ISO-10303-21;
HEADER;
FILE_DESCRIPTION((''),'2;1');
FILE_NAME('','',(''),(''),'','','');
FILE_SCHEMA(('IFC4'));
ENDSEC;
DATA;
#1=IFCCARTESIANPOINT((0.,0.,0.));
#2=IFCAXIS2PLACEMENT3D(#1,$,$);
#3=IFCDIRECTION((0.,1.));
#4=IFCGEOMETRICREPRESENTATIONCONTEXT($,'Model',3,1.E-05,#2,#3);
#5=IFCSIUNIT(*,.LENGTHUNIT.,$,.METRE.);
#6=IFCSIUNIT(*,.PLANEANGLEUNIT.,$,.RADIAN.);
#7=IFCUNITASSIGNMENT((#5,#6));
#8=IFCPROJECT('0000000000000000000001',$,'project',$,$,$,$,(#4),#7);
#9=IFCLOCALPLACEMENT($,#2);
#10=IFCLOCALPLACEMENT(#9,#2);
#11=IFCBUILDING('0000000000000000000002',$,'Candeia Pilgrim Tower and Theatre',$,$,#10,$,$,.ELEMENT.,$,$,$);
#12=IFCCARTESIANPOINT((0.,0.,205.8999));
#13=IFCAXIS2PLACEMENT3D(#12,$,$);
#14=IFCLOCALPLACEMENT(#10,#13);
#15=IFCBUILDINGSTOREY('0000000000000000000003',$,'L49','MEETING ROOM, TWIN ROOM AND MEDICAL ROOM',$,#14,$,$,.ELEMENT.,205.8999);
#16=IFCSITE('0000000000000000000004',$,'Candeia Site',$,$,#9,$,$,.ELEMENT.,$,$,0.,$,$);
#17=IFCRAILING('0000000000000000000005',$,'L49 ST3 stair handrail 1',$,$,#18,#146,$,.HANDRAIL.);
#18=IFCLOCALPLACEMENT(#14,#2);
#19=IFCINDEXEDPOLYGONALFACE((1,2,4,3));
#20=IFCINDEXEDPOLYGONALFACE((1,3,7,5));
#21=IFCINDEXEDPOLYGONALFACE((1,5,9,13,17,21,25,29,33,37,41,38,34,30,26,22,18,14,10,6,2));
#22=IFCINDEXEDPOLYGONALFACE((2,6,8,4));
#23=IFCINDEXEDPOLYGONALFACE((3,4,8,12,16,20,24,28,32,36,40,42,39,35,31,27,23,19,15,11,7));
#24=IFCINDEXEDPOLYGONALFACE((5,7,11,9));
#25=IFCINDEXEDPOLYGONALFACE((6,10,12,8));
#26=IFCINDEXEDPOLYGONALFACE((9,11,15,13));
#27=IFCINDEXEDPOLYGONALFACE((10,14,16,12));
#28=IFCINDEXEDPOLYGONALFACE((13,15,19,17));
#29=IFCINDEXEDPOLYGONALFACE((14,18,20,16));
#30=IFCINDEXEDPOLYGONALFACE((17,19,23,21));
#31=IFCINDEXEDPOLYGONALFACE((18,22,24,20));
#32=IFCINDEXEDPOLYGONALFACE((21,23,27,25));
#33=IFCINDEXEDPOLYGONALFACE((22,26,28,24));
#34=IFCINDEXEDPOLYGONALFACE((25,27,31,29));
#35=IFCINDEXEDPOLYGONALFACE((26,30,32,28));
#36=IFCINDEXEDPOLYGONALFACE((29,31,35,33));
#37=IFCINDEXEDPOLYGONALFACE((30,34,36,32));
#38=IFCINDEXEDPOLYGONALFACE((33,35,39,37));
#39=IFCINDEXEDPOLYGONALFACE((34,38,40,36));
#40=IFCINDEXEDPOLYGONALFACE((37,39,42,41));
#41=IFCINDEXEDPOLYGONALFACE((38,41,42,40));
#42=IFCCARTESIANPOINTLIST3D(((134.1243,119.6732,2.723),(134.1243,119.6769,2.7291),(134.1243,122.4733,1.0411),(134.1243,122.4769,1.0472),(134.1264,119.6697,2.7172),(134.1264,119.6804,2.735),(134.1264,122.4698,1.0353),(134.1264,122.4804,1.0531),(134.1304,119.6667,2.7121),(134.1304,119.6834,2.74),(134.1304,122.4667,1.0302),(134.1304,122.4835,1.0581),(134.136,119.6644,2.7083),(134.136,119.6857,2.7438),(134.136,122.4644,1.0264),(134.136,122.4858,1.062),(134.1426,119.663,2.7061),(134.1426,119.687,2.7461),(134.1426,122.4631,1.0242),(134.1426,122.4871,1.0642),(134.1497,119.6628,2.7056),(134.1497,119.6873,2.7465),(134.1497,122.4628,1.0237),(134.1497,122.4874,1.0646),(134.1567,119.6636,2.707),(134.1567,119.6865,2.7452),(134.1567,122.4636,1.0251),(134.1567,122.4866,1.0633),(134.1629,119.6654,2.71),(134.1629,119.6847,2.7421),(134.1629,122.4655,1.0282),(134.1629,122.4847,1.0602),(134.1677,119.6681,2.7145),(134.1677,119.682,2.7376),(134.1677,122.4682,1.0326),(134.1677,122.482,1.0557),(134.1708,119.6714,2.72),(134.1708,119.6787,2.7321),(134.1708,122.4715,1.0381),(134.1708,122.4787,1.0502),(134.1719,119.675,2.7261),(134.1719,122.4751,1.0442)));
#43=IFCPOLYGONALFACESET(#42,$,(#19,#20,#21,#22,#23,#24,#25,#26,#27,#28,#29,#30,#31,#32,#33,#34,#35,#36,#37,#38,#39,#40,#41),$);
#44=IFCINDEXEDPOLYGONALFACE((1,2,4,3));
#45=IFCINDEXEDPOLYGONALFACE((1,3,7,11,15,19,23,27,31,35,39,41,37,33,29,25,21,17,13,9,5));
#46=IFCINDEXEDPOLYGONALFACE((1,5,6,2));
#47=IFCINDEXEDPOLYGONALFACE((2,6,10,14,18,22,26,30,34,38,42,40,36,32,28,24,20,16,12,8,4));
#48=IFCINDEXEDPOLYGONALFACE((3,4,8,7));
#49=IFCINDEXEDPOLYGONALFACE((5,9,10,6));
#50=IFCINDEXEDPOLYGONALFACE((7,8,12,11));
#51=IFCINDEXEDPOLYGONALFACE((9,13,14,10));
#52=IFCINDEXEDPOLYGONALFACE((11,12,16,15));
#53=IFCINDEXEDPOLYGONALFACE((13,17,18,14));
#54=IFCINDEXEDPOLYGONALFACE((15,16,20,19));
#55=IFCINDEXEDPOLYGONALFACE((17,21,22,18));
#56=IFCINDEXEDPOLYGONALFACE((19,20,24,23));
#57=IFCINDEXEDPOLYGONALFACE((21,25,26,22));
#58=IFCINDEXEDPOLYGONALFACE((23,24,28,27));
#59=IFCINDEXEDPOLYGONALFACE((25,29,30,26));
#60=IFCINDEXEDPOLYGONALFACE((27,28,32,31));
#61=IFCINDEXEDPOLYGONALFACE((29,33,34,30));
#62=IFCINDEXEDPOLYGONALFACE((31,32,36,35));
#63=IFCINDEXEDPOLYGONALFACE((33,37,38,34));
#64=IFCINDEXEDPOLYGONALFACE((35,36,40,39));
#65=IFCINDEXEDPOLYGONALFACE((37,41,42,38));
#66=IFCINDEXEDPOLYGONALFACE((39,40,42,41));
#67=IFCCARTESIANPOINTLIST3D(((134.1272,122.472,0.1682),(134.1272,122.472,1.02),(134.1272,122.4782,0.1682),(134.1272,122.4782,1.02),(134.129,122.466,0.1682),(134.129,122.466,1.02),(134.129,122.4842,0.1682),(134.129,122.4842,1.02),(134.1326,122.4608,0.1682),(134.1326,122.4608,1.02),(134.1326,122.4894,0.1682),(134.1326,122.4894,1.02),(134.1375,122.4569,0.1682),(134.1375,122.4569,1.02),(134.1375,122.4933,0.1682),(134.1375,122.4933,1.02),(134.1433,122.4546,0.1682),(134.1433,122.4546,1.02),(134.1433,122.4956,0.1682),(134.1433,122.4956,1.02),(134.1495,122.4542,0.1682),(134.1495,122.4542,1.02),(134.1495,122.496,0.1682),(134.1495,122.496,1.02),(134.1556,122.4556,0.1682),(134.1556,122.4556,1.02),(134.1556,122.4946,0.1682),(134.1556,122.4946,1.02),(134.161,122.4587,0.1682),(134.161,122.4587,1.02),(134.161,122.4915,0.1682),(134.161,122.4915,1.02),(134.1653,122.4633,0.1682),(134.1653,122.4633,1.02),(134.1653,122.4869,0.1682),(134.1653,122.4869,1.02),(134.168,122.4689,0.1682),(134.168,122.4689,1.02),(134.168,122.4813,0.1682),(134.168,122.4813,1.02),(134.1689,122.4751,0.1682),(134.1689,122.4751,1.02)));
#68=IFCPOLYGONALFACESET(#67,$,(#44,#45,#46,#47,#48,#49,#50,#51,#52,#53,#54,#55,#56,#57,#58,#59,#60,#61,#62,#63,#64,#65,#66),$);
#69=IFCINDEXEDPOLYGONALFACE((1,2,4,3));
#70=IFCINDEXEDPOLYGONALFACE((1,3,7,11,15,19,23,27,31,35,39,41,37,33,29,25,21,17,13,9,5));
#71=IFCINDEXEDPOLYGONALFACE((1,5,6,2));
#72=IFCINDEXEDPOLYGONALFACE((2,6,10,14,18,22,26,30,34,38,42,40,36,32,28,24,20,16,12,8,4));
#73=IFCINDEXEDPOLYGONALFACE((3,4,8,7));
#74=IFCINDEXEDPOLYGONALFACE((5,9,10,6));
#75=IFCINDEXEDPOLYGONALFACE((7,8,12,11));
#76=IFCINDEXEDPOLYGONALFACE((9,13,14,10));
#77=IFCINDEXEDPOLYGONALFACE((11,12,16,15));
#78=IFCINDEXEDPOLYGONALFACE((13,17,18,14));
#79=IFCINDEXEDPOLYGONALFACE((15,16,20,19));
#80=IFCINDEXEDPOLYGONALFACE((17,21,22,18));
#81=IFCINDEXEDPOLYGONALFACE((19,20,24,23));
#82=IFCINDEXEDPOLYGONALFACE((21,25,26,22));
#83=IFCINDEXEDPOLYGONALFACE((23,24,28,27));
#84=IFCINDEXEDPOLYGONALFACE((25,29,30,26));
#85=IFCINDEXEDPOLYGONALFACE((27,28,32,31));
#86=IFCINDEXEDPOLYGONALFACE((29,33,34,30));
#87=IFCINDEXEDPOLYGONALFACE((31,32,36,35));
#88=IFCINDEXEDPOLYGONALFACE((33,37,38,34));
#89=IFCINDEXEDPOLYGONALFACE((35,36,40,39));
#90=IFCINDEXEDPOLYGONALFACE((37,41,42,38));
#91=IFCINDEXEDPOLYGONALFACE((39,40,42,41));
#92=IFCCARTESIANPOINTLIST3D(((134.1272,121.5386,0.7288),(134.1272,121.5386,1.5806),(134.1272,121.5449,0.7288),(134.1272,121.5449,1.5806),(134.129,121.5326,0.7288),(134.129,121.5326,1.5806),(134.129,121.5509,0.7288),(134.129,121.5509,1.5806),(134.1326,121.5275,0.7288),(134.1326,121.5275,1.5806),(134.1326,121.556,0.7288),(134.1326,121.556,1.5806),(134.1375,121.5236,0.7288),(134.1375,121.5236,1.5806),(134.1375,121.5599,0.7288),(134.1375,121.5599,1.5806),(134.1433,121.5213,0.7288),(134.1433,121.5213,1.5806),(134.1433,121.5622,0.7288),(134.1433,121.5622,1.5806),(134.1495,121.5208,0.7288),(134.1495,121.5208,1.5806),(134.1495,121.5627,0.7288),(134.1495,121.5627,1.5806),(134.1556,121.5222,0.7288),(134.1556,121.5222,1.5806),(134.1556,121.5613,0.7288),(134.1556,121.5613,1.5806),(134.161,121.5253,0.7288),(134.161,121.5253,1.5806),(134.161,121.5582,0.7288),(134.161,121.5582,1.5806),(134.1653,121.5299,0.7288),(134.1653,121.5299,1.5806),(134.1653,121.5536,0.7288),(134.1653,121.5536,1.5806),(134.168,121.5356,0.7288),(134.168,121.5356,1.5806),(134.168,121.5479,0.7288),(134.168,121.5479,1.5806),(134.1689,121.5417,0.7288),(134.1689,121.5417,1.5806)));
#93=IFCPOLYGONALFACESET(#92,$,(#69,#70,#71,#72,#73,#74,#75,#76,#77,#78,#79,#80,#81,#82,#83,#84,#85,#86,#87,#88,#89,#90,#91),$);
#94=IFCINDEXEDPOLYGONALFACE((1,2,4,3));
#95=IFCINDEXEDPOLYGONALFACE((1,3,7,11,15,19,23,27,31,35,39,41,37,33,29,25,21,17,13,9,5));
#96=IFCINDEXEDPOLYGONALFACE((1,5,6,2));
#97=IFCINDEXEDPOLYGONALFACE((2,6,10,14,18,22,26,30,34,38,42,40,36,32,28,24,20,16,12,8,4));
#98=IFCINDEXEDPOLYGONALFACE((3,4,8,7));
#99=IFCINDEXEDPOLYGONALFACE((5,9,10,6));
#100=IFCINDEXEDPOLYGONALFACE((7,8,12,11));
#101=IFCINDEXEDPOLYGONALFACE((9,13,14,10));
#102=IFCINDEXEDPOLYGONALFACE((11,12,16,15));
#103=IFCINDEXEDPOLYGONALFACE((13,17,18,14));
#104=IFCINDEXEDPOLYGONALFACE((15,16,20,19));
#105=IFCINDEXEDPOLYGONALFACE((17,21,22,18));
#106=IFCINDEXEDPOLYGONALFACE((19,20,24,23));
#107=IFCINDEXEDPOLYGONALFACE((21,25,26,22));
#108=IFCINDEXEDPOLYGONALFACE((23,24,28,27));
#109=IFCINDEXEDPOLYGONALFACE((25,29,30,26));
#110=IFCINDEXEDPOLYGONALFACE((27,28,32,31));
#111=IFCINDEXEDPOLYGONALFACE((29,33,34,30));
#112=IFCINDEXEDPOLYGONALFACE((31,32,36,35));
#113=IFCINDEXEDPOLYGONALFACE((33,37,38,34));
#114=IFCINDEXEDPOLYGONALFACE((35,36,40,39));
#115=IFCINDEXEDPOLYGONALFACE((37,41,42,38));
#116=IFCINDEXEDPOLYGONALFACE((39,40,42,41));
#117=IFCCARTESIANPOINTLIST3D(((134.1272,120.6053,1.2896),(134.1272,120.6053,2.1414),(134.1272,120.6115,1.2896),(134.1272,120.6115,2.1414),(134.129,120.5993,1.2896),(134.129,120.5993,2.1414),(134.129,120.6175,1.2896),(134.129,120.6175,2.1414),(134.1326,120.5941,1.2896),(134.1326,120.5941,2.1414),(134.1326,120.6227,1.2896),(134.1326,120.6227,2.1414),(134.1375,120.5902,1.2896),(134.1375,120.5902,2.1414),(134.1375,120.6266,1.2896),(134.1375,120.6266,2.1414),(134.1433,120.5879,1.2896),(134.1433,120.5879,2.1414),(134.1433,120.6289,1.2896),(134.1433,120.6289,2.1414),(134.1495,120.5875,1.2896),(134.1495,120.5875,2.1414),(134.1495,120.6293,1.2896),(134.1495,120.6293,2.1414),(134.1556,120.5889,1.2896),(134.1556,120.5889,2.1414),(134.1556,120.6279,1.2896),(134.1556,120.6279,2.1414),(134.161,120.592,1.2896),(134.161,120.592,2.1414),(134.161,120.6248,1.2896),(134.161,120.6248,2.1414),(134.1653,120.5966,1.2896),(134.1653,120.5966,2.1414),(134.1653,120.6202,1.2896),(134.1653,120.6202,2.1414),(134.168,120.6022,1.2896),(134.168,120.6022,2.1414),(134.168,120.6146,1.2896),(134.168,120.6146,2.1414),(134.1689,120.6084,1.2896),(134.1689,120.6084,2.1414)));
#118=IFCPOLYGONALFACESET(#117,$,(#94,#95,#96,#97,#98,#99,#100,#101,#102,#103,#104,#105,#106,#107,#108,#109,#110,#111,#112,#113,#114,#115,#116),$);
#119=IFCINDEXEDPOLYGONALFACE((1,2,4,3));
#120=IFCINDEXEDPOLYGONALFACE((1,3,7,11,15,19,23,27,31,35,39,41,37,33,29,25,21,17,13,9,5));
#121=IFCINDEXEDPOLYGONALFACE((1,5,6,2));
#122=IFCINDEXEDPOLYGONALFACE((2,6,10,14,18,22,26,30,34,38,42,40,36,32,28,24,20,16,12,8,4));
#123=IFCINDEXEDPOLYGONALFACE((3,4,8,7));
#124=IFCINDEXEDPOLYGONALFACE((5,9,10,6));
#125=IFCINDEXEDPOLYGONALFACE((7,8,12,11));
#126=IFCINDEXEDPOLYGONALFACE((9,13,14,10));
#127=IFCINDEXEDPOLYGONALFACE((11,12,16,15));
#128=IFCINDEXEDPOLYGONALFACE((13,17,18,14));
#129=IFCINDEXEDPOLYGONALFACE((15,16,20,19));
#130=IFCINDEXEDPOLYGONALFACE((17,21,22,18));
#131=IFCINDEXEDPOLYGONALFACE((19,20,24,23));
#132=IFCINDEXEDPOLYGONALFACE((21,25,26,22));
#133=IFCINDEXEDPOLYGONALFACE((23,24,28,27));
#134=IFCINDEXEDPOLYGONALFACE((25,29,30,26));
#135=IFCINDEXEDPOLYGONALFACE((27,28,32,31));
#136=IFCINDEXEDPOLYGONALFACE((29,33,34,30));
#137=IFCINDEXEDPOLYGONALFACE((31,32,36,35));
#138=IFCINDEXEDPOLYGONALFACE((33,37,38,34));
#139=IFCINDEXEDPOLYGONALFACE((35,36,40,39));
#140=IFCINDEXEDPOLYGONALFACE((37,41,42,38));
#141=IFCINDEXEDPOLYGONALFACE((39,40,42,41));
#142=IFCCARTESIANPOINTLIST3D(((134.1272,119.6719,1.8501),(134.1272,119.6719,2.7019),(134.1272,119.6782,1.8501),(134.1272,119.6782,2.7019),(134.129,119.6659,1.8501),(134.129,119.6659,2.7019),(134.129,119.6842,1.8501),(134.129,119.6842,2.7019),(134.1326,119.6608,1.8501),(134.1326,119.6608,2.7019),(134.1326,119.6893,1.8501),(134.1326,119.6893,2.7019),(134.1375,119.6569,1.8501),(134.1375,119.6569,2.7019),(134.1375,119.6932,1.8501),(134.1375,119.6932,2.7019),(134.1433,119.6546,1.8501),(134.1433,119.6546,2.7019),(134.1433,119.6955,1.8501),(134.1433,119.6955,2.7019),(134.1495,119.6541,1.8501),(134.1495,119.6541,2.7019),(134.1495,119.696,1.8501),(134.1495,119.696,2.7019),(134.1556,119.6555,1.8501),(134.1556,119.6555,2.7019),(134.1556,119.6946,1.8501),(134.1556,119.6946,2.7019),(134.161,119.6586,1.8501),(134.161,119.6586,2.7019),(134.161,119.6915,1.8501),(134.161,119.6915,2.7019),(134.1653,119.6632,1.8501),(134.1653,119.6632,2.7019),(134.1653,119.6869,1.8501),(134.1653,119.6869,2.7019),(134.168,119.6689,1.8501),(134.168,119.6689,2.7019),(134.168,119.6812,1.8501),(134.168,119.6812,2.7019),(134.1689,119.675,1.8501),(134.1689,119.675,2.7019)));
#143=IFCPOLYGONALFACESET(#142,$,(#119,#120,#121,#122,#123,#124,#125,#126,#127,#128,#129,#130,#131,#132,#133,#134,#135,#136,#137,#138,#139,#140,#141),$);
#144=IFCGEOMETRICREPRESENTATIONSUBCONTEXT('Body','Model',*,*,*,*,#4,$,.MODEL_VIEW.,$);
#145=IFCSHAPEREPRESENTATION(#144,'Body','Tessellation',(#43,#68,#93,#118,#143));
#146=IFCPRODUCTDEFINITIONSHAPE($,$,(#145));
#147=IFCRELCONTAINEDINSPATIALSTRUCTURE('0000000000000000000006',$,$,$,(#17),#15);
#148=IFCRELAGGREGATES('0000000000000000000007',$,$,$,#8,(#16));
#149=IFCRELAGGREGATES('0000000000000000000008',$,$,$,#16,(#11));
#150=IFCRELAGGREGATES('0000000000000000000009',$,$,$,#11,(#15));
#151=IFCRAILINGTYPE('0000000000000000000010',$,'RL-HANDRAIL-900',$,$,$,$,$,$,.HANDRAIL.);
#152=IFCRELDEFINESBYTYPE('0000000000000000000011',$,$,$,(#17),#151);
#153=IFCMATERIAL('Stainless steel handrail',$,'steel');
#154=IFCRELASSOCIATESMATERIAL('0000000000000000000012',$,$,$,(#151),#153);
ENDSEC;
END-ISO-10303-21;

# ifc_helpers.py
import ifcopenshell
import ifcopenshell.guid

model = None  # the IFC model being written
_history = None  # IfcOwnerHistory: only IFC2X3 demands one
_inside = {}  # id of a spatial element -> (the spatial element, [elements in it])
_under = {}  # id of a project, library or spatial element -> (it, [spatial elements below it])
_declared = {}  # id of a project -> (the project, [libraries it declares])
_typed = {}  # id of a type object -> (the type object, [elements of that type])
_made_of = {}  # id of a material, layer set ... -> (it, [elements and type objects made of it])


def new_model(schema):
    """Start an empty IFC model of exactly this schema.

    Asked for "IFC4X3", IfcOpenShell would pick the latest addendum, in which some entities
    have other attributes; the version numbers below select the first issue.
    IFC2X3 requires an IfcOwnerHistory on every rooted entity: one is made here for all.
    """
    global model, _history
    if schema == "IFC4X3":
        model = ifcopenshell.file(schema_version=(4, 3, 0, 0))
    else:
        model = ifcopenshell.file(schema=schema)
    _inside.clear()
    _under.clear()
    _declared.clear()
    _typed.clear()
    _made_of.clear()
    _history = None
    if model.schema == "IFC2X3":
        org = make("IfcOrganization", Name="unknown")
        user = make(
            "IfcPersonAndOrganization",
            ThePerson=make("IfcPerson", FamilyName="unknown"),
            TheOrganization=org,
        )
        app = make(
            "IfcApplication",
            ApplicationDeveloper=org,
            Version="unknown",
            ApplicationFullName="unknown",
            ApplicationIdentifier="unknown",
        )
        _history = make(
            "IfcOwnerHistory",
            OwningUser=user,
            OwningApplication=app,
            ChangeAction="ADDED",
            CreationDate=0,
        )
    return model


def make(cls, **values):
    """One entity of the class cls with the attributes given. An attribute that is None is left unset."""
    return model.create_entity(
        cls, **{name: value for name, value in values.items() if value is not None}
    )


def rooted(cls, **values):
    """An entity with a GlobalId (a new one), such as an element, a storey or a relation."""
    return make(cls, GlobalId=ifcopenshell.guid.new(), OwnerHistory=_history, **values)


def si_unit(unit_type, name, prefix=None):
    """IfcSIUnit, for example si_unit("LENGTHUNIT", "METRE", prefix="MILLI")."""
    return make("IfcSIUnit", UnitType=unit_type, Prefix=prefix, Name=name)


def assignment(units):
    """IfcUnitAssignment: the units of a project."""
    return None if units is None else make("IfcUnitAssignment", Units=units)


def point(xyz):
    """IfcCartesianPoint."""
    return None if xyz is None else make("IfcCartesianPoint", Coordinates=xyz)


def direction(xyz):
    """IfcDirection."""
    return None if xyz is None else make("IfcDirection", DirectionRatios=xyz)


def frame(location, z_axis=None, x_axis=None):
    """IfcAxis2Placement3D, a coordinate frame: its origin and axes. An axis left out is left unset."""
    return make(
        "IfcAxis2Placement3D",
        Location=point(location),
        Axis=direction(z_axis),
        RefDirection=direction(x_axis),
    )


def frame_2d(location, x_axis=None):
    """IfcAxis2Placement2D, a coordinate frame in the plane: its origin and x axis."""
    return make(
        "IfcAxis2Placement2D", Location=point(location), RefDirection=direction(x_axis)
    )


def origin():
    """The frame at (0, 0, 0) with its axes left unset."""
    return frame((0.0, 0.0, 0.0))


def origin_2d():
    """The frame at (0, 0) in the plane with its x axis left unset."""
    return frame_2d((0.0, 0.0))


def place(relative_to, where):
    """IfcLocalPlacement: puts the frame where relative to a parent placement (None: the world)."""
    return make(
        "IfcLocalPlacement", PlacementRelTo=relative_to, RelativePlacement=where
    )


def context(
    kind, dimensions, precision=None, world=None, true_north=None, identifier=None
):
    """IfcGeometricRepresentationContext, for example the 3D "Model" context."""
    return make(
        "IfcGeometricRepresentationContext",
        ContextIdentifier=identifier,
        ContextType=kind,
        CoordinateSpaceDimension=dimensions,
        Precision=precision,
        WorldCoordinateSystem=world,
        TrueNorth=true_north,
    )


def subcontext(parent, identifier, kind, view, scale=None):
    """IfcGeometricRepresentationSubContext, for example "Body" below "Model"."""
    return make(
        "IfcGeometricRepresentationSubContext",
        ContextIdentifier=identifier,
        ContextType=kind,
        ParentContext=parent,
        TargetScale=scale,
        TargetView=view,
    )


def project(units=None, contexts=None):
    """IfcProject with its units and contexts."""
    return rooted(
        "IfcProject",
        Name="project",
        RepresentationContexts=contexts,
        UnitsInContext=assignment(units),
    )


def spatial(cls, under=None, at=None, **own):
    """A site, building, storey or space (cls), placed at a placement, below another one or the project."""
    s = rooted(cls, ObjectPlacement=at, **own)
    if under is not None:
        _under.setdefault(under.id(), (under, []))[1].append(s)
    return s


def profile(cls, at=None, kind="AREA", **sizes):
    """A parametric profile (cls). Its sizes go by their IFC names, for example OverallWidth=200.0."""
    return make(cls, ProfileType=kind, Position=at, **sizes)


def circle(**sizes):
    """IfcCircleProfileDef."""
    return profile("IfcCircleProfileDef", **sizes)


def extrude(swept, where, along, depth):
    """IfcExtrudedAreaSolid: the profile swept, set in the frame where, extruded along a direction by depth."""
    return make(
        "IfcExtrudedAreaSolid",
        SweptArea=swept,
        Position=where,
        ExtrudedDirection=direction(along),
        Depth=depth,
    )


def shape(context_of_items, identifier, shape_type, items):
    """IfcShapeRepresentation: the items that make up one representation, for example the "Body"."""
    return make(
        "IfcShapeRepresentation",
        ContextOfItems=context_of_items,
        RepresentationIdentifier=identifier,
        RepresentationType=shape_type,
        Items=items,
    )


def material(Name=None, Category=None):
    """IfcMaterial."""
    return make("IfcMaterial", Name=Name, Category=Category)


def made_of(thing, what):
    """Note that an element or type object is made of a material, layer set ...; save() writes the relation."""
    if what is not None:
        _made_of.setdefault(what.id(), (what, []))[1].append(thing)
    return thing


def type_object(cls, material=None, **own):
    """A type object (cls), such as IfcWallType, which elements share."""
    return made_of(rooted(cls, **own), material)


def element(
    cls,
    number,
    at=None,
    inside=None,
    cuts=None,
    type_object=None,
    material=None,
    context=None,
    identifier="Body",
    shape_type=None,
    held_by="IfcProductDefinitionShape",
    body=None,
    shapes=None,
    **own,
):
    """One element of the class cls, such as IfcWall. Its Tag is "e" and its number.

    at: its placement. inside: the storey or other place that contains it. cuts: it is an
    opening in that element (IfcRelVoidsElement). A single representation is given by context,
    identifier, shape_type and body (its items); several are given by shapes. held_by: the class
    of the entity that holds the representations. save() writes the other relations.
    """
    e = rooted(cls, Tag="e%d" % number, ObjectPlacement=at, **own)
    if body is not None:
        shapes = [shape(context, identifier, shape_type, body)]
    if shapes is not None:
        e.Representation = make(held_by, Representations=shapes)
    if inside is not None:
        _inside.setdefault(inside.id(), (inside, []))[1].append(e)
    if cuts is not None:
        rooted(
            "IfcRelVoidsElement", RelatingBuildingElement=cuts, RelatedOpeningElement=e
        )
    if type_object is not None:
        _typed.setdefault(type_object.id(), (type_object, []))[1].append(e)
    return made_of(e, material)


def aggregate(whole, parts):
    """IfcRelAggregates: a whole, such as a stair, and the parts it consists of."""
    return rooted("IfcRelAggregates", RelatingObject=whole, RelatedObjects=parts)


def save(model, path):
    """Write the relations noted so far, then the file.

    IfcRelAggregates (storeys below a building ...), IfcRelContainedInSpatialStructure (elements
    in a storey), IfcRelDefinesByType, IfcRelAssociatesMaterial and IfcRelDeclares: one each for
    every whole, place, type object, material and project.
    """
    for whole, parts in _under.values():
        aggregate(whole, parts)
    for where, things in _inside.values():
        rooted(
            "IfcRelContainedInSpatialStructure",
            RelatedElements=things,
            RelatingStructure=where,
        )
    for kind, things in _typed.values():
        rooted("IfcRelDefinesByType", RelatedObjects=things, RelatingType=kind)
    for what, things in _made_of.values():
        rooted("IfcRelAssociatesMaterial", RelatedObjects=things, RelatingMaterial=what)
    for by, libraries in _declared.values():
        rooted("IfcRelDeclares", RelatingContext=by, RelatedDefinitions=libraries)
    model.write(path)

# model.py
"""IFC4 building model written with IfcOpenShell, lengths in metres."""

from ifc_helpers import new_model, si_unit, direction, frame, origin, origin_2d, place, context, subcontext, project, spatial, circle, extrude, material, type_object, element, save


model = new_model("IFC4")

# Units and contexts
model_context = context("Model", 3, precision=1e-05, world=origin(), true_north=direction((0.0, 1.0)))
body_context = subcontext(model_context, "Body", "Model", "MODEL_VIEW")
ifc_project = project(units=[si_unit("LENGTHUNIT", "METRE"), si_unit("PLANEANGLEUNIT", "RADIAN")], contexts=[model_context])

# Site, building, storey
site_placement = place(None, origin())
site = spatial("IfcSite", under=ifc_project, at=site_placement, Name="Candeia Site", CompositionType="ELEMENT", RefElevation=0.0)
building_placement = place(site_placement, origin())
building = spatial("IfcBuilding", under=site, at=building_placement, Name="Candeia Pilgrim Tower and Theatre", CompositionType="ELEMENT")
storey_placement = place(building_placement, frame((0.0, 0.0, 205.8999)))
storey = spatial("IfcBuildingStorey", under=building, at=storey_placement, Name="L49", Description="MEETING ROOM, TWIN ROOM AND MEDICAL ROOM", CompositionType="ELEMENT", Elevation=205.8999)

# Railing
ifc_material_1 = material(Name="Stainless steel handrail", Category="steel")
railing_type_1 = type_object("IfcRailingType", Name="RL-HANDRAIL-900", PredefinedType="HANDRAIL", material=ifc_material_1)
railing_1_placement = place(storey_placement, frame((134.1479, 122.4751, 0.1682)))
element("IfcRailing", 1, at=railing_1_placement, inside=storey, type_object=railing_type_1, Name="L49 ST3 stair handrail 1", PredefinedType="HANDRAIL", context=body_context, shape_type="SweptSolid", body=[
    extrude(circle(Radius=0.0239, at=origin_2d()), frame((0.0, 0.0, 0.876), z_axis=(0.0, -0.857242, 0.514913), x_axis=(1.0, 0.0, 0.0)), (0.0, 0.0, 1.0), 3.2664),
    extrude(circle(Radius=0.021, at=origin_2d()), origin(), (0.0, 0.0, 1.0), 0.8518),
    extrude(circle(Radius=0.021, at=origin_2d()), frame((0.0, -0.9333, 0.5605)), (0.0, 0.0, 1.0), 0.8518),
    extrude(circle(Radius=0.021, at=origin_2d()), frame((0.0, -1.8667, 1.1213)), (0.0, 0.0, 1.0), 0.8518),
    extrude(circle(Radius=0.021, at=origin_2d()), frame((0.0, -2.8, 1.6819)), (0.0, 0.0, 1.0), 0.8518),
])

save(model, "model.ifc")
